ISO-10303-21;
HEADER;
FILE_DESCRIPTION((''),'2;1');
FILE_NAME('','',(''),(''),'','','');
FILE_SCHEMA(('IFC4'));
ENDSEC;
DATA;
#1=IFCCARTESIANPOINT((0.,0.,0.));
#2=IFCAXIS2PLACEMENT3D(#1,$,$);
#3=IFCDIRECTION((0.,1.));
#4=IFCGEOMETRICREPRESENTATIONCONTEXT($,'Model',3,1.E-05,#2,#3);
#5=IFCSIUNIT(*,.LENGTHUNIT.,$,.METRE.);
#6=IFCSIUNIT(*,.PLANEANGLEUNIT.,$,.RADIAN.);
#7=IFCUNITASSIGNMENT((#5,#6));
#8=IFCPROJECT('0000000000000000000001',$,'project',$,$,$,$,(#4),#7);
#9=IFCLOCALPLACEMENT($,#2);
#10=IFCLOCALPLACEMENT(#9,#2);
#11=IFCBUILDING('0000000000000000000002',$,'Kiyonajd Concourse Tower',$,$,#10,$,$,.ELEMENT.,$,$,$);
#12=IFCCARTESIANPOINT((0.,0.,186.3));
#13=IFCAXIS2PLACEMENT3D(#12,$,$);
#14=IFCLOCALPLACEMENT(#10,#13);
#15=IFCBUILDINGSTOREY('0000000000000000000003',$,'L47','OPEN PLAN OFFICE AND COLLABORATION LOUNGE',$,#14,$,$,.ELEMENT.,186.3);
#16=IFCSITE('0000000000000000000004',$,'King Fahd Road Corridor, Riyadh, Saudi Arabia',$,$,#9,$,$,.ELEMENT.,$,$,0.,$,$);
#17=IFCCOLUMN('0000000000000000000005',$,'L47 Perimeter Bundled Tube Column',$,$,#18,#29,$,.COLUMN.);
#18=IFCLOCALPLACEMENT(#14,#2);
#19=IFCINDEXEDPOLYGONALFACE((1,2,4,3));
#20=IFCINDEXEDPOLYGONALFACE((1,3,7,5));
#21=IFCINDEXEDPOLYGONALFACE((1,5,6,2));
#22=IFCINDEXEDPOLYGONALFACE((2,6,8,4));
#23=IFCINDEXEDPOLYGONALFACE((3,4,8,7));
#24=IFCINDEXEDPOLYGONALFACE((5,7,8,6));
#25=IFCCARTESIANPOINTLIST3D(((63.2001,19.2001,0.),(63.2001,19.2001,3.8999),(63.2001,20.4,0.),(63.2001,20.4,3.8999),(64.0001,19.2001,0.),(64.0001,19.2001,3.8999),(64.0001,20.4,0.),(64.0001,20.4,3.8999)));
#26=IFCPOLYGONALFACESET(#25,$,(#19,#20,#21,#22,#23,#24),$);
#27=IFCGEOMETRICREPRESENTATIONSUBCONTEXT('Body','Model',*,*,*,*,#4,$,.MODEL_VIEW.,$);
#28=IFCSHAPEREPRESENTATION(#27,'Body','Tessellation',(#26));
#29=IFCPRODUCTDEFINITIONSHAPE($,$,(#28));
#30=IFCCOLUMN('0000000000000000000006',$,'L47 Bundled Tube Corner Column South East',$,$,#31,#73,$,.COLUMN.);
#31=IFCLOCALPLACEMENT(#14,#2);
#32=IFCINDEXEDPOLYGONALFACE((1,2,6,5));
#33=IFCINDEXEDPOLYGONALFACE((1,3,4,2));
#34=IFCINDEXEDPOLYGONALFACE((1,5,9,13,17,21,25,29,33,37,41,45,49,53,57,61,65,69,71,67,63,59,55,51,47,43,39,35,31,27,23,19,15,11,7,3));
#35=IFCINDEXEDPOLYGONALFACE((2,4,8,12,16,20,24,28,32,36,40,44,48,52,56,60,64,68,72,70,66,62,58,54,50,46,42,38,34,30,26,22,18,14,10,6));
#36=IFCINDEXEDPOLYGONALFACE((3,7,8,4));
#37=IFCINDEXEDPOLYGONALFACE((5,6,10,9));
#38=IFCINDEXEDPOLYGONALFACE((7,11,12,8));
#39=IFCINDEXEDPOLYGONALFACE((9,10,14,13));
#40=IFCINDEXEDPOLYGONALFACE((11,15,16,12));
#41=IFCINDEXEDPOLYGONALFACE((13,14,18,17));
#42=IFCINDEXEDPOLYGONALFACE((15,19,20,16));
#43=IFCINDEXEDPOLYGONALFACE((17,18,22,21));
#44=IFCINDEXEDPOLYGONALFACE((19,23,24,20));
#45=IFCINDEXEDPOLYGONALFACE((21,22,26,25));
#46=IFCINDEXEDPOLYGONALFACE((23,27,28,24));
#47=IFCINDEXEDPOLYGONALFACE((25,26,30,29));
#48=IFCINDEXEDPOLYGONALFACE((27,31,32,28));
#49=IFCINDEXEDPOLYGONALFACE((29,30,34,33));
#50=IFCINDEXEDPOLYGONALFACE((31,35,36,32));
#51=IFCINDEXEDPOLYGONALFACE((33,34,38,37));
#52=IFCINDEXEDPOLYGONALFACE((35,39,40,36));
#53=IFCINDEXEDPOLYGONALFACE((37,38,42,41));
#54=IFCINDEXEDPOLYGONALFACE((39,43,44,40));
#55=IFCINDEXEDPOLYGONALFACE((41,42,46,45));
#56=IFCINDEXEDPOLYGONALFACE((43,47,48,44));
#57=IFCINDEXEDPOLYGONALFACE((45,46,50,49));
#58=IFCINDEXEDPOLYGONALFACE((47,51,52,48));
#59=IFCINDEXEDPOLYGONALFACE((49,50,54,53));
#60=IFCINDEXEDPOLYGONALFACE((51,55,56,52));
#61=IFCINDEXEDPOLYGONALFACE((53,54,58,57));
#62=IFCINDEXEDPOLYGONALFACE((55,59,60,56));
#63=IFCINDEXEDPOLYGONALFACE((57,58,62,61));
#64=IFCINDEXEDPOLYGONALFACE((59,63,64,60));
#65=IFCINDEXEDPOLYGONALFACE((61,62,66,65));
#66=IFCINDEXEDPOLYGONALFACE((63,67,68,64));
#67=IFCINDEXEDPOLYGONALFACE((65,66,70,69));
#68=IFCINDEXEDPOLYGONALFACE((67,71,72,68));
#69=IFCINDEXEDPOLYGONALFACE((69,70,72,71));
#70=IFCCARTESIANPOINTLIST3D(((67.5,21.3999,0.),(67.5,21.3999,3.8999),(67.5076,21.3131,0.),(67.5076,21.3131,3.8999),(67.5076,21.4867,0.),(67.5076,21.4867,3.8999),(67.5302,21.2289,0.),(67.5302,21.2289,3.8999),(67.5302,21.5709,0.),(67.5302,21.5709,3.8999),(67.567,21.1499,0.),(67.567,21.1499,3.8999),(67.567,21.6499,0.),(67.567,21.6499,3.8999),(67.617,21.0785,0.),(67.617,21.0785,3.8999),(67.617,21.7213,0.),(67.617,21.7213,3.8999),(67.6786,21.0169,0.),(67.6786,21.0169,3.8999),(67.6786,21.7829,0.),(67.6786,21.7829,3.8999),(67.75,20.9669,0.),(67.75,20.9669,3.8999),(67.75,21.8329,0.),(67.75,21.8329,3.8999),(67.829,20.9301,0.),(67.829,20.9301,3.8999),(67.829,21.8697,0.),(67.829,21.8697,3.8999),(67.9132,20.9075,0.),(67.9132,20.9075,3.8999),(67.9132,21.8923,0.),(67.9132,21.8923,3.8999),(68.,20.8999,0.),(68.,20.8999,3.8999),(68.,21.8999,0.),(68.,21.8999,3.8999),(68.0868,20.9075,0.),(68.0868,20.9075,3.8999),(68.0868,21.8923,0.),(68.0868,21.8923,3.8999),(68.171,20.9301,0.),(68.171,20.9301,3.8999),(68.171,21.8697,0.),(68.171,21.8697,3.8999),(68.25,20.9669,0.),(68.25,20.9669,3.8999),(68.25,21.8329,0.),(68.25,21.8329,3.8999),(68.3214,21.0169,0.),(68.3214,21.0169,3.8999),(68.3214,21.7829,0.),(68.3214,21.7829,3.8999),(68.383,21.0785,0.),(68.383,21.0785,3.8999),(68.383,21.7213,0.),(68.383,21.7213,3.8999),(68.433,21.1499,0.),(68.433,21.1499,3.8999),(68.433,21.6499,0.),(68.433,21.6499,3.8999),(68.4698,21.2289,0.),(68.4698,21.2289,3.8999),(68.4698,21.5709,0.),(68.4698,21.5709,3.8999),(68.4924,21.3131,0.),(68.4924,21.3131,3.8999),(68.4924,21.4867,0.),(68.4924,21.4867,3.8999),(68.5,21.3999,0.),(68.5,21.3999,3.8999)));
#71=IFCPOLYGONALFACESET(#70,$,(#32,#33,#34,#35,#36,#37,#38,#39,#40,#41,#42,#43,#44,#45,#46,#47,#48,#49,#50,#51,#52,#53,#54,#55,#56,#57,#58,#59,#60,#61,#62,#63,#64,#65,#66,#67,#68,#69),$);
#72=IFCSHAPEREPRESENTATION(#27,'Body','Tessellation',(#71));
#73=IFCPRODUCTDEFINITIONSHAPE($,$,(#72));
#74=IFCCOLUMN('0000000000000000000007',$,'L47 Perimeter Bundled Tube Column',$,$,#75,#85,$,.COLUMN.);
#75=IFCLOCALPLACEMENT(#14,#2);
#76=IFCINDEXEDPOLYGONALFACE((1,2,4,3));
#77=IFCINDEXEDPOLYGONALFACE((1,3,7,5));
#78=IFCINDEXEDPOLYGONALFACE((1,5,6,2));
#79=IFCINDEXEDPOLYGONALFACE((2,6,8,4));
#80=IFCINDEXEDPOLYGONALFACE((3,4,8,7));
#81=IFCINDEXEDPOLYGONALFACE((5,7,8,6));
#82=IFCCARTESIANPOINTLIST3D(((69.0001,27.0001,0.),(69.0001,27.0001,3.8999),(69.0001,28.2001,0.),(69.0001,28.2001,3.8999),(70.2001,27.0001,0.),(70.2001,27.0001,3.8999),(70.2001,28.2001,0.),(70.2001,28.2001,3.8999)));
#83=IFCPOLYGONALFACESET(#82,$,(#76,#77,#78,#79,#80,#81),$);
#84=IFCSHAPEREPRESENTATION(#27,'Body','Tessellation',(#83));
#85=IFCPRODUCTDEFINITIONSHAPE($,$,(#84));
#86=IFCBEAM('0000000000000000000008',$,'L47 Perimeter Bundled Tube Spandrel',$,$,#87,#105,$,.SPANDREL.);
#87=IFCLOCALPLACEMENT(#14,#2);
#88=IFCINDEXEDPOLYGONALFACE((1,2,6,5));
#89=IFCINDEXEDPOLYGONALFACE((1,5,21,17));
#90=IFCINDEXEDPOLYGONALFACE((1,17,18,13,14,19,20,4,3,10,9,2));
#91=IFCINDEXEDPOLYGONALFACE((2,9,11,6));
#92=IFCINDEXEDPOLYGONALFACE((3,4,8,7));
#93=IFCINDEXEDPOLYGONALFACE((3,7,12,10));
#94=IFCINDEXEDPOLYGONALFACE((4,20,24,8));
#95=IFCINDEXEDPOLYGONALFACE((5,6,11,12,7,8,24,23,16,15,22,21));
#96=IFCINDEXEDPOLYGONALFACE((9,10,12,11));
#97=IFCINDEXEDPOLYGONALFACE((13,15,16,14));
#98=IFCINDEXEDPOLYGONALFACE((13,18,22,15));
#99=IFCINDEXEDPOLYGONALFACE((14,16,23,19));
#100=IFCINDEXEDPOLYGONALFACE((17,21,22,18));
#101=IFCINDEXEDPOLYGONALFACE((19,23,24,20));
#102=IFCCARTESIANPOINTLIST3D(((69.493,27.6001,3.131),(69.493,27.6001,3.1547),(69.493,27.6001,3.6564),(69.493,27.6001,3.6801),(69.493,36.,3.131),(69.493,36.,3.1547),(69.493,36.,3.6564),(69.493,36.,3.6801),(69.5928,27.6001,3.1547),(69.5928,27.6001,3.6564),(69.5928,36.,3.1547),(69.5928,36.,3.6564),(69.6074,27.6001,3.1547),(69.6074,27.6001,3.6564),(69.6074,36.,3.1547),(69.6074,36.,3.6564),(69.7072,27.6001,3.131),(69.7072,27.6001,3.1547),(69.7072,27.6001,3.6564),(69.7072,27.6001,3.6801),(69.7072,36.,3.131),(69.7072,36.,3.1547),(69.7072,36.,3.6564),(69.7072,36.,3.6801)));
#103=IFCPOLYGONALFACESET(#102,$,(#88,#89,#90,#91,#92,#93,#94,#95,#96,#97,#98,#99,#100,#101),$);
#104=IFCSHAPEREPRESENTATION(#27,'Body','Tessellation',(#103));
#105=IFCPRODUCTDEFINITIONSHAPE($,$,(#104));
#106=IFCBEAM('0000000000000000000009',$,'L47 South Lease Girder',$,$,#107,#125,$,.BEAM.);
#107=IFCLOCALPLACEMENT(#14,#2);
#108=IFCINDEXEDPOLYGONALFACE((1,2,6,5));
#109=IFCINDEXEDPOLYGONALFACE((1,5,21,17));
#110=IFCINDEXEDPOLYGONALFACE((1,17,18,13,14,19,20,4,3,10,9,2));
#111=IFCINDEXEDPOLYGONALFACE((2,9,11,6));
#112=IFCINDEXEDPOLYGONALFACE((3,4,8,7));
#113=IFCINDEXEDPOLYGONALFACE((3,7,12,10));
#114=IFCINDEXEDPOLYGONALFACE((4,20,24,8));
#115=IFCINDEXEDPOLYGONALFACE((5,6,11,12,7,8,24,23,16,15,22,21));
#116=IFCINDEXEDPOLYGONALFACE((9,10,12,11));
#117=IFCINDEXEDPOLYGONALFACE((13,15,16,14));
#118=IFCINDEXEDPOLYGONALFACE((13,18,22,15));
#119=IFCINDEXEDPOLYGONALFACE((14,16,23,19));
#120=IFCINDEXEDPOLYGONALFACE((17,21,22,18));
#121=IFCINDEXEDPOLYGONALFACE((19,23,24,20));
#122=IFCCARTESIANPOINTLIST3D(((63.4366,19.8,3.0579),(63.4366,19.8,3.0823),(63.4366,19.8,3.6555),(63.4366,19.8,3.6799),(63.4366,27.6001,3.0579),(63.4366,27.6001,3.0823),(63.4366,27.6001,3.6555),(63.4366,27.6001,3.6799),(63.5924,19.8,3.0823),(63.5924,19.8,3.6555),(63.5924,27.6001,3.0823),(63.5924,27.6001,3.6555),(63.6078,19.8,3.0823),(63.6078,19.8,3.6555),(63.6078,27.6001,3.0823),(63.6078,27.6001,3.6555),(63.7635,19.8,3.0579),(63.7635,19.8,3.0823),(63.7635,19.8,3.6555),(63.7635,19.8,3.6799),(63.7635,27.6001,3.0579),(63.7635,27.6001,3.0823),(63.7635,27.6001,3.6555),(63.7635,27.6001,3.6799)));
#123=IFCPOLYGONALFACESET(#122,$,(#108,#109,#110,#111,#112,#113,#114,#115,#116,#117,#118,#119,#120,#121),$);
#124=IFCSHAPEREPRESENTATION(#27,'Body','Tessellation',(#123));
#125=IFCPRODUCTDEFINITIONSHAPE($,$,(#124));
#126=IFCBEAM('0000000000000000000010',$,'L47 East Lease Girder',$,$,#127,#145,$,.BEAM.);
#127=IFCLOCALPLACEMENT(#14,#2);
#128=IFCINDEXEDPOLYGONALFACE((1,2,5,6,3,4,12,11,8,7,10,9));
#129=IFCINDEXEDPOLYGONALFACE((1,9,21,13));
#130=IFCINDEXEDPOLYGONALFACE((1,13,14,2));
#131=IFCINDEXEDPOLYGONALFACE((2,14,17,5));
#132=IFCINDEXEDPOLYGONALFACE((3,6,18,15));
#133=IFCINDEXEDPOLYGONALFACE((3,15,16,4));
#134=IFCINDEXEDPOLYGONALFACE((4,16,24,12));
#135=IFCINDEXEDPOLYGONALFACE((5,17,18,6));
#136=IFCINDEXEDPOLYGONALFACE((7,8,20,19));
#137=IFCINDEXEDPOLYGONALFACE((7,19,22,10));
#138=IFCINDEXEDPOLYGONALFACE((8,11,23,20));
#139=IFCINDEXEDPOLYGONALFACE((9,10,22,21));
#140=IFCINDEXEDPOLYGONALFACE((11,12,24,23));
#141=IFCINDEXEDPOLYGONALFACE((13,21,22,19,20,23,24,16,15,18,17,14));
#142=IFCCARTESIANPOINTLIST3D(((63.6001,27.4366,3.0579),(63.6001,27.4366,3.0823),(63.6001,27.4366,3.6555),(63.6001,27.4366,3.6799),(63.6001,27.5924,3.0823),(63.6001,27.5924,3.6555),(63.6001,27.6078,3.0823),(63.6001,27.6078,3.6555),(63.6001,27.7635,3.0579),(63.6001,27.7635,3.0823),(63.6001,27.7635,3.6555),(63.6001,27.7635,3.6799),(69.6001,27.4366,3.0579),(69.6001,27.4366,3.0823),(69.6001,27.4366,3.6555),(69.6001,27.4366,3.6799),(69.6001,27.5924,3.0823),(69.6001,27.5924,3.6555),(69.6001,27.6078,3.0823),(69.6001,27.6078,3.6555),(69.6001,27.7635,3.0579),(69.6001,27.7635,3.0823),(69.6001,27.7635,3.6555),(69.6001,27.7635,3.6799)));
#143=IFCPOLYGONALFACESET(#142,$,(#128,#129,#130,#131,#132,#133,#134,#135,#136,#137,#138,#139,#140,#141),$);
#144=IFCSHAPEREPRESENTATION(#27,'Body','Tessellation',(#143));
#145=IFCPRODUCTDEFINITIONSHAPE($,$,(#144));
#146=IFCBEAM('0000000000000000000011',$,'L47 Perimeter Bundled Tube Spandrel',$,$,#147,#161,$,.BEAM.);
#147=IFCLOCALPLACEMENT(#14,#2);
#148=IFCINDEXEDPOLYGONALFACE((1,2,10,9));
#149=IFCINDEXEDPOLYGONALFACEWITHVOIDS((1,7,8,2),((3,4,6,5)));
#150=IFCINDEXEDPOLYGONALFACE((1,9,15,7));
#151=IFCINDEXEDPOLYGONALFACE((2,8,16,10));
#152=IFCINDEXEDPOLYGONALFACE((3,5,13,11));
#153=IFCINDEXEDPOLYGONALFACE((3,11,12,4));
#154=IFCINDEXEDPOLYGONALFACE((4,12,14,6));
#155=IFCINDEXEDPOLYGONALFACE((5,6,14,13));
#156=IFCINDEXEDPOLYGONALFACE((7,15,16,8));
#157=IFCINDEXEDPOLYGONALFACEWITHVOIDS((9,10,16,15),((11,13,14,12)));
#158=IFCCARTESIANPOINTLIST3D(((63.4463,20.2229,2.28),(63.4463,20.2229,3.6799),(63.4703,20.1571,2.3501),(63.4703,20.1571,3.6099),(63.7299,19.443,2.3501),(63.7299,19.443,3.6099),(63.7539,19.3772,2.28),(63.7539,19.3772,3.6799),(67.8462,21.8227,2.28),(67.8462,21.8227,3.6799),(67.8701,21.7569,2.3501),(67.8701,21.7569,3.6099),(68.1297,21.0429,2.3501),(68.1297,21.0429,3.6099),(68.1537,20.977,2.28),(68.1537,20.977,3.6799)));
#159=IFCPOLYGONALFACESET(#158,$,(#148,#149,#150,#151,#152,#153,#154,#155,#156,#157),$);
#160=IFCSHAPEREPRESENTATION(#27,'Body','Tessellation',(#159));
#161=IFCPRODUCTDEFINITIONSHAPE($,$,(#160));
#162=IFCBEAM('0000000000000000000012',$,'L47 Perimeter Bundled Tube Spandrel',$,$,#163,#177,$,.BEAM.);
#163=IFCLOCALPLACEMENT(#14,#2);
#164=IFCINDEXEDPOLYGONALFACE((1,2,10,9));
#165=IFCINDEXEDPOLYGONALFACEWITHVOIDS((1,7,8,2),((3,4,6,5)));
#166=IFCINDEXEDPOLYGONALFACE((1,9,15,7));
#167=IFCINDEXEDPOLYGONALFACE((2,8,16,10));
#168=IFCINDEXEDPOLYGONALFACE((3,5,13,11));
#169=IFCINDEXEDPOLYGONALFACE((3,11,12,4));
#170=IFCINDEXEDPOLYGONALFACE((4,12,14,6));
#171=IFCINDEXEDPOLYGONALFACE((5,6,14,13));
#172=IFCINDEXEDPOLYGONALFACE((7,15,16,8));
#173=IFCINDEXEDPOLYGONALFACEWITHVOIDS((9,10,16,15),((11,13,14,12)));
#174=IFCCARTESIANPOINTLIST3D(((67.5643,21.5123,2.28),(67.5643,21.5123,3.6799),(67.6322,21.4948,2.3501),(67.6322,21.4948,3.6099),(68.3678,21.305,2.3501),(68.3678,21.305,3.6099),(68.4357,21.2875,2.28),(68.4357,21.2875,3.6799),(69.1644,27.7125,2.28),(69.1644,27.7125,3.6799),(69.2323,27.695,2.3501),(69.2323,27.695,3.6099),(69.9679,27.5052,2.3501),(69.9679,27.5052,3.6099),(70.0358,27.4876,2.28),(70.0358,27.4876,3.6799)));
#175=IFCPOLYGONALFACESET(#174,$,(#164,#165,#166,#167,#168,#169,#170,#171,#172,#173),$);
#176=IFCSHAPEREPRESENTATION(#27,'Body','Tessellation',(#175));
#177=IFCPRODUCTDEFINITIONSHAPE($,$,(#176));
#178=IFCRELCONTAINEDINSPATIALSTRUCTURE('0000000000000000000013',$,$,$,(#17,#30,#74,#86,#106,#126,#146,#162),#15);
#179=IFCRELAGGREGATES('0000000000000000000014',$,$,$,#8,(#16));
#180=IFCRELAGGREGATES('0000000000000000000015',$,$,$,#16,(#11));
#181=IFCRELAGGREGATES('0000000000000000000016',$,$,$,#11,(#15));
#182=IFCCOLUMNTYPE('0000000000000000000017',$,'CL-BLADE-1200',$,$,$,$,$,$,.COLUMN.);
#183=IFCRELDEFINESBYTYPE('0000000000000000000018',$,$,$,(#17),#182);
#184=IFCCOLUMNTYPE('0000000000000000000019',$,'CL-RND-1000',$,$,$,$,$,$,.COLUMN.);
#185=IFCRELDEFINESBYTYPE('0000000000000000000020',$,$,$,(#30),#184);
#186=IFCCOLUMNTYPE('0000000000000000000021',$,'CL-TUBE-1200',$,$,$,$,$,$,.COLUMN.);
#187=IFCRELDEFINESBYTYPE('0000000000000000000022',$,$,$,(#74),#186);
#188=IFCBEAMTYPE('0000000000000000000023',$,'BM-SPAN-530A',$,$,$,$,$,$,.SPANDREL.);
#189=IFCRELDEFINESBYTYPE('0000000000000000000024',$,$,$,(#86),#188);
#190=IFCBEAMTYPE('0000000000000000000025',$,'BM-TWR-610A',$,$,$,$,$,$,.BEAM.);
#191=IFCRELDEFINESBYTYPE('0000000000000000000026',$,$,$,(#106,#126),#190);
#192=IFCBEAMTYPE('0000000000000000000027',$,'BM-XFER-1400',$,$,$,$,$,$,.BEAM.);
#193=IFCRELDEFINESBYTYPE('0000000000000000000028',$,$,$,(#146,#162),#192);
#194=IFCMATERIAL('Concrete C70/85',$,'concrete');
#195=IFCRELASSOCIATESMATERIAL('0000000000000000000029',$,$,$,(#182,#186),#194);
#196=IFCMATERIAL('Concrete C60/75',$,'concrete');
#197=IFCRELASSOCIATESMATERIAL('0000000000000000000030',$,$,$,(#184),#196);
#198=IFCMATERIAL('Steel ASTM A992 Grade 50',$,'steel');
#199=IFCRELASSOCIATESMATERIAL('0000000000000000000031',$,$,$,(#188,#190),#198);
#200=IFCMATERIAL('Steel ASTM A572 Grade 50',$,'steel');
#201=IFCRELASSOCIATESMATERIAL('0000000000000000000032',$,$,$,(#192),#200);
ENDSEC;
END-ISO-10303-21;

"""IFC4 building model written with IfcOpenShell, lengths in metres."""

from ifc_helpers import new_model, si_unit, direction, frame, origin, origin_2d, place, context, subcontext, project, spatial, rectangle, hollow_rectangle, circle, i_section, extrude, material, material_profile, profile_set, type_object, element, save


model = new_model("IFC4")

# Units and contexts
model_context = context("Model", 3, precision=1e-05, world=origin(), true_north=direction((0.0, 1.0)))
body_context = subcontext(model_context, "Body", "Model", "MODEL_VIEW")
ifc_project = project(units=[si_unit("LENGTHUNIT", "METRE"), si_unit("PLANEANGLEUNIT", "RADIAN")], contexts=[model_context])

# Site, building, storey
site_placement = place(None, origin())
site = spatial("IfcSite", under=ifc_project, at=site_placement, Name="King Fahd Road Corridor, Riyadh, Saudi Arabia", CompositionType="ELEMENT", RefElevation=0.0)
building_placement = place(site_placement, origin())
building = spatial("IfcBuilding", under=site, at=building_placement, Name="Kiyonajd Concourse Tower", CompositionType="ELEMENT")
storey_placement = place(building_placement, frame((0.0, 0.0, 186.3)))
storey = spatial("IfcBuildingStorey", under=building, at=storey_placement, Name="L47", Description="OPEN PLAN OFFICE AND COLLABORATION LOUNGE", CompositionType="ELEMENT", Elevation=186.3)

# Columns
ifc_material_1 = material(Name="Concrete C70/85", Category="concrete")
ifc_material_profile_1 = material_profile(ifc_material_1, rectangle(XDim=0.8, YDim=1.2, at=origin_2d()), Name="RC-1200x800")
ifc_profile_set_1 = profile_set([ifc_material_profile_1], Name="Concrete C70/85")
column_type_1 = type_object("IfcColumnType", Name="CL-BLADE-1200", PredefinedType="COLUMN", material=ifc_profile_set_1)
column_1_placement = place(storey_placement, frame((63.6001, 19.8, 0.0), z_axis=(0.0, 0.0, 1.0), x_axis=(1.0, 0.0, 0.0)))
element("IfcColumn", 1, at=column_1_placement, inside=storey, type_object=column_type_1, Name="L47 Perimeter Bundled Tube Column", PredefinedType="COLUMN", context=body_context, shape_type="SweptSolid", body=[
    extrude(rectangle(XDim=0.8, YDim=1.2, at=origin_2d()), origin(), (0.0, 0.0, 1.0), 3.8999),
])
ifc_material_2 = material(Name="Concrete C60/75", Category="concrete")
ifc_material_profile_2 = material_profile(ifc_material_2, circle(Radius=0.5, at=origin_2d()), Name="RCC-D1000")
ifc_profile_set_2 = profile_set([ifc_material_profile_2], Name="Concrete C60/75")
column_type_2 = type_object("IfcColumnType", Name="CL-RND-1000", PredefinedType="COLUMN", material=ifc_profile_set_2)
column_2_placement = place(storey_placement, frame((68.0, 21.3999, 0.0), z_axis=(0.0, 0.0, 1.0), x_axis=(1.0, 0.0, 0.0)))
element("IfcColumn", 2, at=column_2_placement, inside=storey, type_object=column_type_2, Name="L47 Bundled Tube Corner Column South East", PredefinedType="COLUMN", context=body_context, shape_type="SweptSolid", body=[
    extrude(circle(Radius=0.5, at=origin_2d()), origin(), (0.0, 0.0, 1.0), 3.8999),
])
ifc_material_profile_3 = material_profile(ifc_material_1, rectangle(XDim=1.2, YDim=1.2, at=origin_2d()), Name="RC-1200x1200")
ifc_profile_set_3 = profile_set([ifc_material_profile_3], Name="Concrete C70/85")
column_type_3 = type_object("IfcColumnType", Name="CL-TUBE-1200", PredefinedType="COLUMN", material=ifc_profile_set_3)
column_3_placement = place(storey_placement, frame((69.6001, 27.6001, 0.0), z_axis=(0.0, 0.0, 1.0), x_axis=(1.0, 0.0, 0.0)))
element("IfcColumn", 3, at=column_3_placement, inside=storey, type_object=column_type_3, Name="L47 Perimeter Bundled Tube Column", PredefinedType="COLUMN", context=body_context, shape_type="SweptSolid", body=[
    extrude(rectangle(XDim=1.2, YDim=1.2, at=origin_2d()), origin(), (0.0, 0.0, 1.0), 3.8999),
])

# Beams
ifc_material_3 = material(Name="Steel ASTM A992 Grade 50", Category="steel")
ifc_material_profile_4 = material_profile(ifc_material_3, i_section(OverallWidth=0.2141, OverallDepth=0.5491, WebThickness=0.0146, FlangeThickness=0.0237, at=origin_2d()), Name="W530X138")
ifc_profile_set_4 = profile_set([ifc_material_profile_4], Name="Steel ASTM A992 Grade 50")
beam_type_1 = type_object("IfcBeamType", Name="BM-SPAN-530A", PredefinedType="SPANDREL", material=ifc_profile_set_4)
beam_1_placement = place(storey_placement, frame((69.6001, 27.6001, 3.4055), z_axis=(0.0, 1.0, 0.0), x_axis=(-1.0, 0.0, 0.0)))
element("IfcBeam", 4, at=beam_1_placement, inside=storey, type_object=beam_type_1, Name="L47 Perimeter Bundled Tube Spandrel", PredefinedType="SPANDREL", context=body_context, shape_type="SweptSolid", body=[
    extrude(i_section(OverallWidth=0.2141, OverallDepth=0.5491, WebThickness=0.0146, FlangeThickness=0.0237, at=origin_2d()), origin(), (0.0, 0.0, 1.0), 8.3999),
])
ifc_material_profile_5 = material_profile(ifc_material_3, i_section(OverallWidth=0.3269, OverallDepth=0.6221, WebThickness=0.0154, FlangeThickness=0.0244, at=origin_2d()), Name="W610X195")
ifc_profile_set_5 = profile_set([ifc_material_profile_5], Name="Steel ASTM A992 Grade 50")
beam_type_2 = type_object("IfcBeamType", Name="BM-TWR-610A", PredefinedType="BEAM", material=ifc_profile_set_5)
beam_2_placement = place(storey_placement, frame((63.6001, 19.8, 3.3689), z_axis=(0.0, 1.0, 0.0), x_axis=(-1.0, 0.0, 0.0)))
element("IfcBeam", 5, at=beam_2_placement, inside=storey, type_object=beam_type_2, Name="L47 South Lease Girder", PredefinedType="BEAM", context=body_context, shape_type="SweptSolid", body=[
    extrude(i_section(OverallWidth=0.3269, OverallDepth=0.6221, WebThickness=0.0154, FlangeThickness=0.0244, at=origin_2d()), origin(), (0.0, 0.0, 1.0), 7.8),
])
beam_3_placement = place(storey_placement, frame((63.6001, 27.6001, 3.3689), z_axis=(1.0, 0.0, 0.0), x_axis=(0.0, 1.0, 0.0)))
element("IfcBeam", 6, at=beam_3_placement, inside=storey, type_object=beam_type_2, Name="L47 East Lease Girder", PredefinedType="BEAM", context=body_context, shape_type="SweptSolid", body=[
    extrude(i_section(OverallWidth=0.3269, OverallDepth=0.6221, WebThickness=0.0154, FlangeThickness=0.0244, at=origin_2d()), origin(), (0.0, 0.0, 1.0), 6.0),
])
ifc_material_4 = material(Name="Steel ASTM A572 Grade 50", Category="steel")
ifc_material_profile_6 = material_profile(ifc_material_4, hollow_rectangle(XDim=0.8999, YDim=1.3999, WallThickness=0.0701, at=origin_2d()), Name="BOX-1400x900x70")
ifc_profile_set_6 = profile_set([ifc_material_profile_6], Name="Steel ASTM A572 Grade 50")
beam_type_3 = type_object("IfcBeamType", Name="BM-XFER-1400", PredefinedType="BEAM", material=ifc_profile_set_6)
beam_4_placement = place(storey_placement, frame((63.6001, 19.8, 2.98), z_axis=(0.939801, 0.341722, 0.0), x_axis=(-0.341722, 0.939801, 0.0)))
element("IfcBeam", 7, at=beam_4_placement, inside=storey, type_object=beam_type_3, Name="L47 Perimeter Bundled Tube Spandrel", PredefinedType="BEAM", context=body_context, shape_type="SweptSolid", body=[
    extrude(hollow_rectangle(XDim=0.8999, YDim=1.3999, WallThickness=0.0701, at=origin_2d()), origin(), (0.0, 0.0, 1.0), 4.6816),
])
beam_5_placement = place(storey_placement, frame((68.0, 21.3999, 2.98), z_axis=(0.249885, 0.968276, 0.0), x_axis=(-0.968276, 0.249885, 0.0)))
element("IfcBeam", 8, at=beam_5_placement, inside=storey, type_object=beam_type_3, Name="L47 Perimeter Bundled Tube Spandrel", PredefinedType="BEAM", context=body_context, shape_type="SweptSolid", body=[
    extrude(hollow_rectangle(XDim=0.8999, YDim=1.3999, WallThickness=0.0701, at=origin_2d()), origin(), (0.0, 0.0, 1.0), 6.4033),
])

save(model, "model.ifc")
